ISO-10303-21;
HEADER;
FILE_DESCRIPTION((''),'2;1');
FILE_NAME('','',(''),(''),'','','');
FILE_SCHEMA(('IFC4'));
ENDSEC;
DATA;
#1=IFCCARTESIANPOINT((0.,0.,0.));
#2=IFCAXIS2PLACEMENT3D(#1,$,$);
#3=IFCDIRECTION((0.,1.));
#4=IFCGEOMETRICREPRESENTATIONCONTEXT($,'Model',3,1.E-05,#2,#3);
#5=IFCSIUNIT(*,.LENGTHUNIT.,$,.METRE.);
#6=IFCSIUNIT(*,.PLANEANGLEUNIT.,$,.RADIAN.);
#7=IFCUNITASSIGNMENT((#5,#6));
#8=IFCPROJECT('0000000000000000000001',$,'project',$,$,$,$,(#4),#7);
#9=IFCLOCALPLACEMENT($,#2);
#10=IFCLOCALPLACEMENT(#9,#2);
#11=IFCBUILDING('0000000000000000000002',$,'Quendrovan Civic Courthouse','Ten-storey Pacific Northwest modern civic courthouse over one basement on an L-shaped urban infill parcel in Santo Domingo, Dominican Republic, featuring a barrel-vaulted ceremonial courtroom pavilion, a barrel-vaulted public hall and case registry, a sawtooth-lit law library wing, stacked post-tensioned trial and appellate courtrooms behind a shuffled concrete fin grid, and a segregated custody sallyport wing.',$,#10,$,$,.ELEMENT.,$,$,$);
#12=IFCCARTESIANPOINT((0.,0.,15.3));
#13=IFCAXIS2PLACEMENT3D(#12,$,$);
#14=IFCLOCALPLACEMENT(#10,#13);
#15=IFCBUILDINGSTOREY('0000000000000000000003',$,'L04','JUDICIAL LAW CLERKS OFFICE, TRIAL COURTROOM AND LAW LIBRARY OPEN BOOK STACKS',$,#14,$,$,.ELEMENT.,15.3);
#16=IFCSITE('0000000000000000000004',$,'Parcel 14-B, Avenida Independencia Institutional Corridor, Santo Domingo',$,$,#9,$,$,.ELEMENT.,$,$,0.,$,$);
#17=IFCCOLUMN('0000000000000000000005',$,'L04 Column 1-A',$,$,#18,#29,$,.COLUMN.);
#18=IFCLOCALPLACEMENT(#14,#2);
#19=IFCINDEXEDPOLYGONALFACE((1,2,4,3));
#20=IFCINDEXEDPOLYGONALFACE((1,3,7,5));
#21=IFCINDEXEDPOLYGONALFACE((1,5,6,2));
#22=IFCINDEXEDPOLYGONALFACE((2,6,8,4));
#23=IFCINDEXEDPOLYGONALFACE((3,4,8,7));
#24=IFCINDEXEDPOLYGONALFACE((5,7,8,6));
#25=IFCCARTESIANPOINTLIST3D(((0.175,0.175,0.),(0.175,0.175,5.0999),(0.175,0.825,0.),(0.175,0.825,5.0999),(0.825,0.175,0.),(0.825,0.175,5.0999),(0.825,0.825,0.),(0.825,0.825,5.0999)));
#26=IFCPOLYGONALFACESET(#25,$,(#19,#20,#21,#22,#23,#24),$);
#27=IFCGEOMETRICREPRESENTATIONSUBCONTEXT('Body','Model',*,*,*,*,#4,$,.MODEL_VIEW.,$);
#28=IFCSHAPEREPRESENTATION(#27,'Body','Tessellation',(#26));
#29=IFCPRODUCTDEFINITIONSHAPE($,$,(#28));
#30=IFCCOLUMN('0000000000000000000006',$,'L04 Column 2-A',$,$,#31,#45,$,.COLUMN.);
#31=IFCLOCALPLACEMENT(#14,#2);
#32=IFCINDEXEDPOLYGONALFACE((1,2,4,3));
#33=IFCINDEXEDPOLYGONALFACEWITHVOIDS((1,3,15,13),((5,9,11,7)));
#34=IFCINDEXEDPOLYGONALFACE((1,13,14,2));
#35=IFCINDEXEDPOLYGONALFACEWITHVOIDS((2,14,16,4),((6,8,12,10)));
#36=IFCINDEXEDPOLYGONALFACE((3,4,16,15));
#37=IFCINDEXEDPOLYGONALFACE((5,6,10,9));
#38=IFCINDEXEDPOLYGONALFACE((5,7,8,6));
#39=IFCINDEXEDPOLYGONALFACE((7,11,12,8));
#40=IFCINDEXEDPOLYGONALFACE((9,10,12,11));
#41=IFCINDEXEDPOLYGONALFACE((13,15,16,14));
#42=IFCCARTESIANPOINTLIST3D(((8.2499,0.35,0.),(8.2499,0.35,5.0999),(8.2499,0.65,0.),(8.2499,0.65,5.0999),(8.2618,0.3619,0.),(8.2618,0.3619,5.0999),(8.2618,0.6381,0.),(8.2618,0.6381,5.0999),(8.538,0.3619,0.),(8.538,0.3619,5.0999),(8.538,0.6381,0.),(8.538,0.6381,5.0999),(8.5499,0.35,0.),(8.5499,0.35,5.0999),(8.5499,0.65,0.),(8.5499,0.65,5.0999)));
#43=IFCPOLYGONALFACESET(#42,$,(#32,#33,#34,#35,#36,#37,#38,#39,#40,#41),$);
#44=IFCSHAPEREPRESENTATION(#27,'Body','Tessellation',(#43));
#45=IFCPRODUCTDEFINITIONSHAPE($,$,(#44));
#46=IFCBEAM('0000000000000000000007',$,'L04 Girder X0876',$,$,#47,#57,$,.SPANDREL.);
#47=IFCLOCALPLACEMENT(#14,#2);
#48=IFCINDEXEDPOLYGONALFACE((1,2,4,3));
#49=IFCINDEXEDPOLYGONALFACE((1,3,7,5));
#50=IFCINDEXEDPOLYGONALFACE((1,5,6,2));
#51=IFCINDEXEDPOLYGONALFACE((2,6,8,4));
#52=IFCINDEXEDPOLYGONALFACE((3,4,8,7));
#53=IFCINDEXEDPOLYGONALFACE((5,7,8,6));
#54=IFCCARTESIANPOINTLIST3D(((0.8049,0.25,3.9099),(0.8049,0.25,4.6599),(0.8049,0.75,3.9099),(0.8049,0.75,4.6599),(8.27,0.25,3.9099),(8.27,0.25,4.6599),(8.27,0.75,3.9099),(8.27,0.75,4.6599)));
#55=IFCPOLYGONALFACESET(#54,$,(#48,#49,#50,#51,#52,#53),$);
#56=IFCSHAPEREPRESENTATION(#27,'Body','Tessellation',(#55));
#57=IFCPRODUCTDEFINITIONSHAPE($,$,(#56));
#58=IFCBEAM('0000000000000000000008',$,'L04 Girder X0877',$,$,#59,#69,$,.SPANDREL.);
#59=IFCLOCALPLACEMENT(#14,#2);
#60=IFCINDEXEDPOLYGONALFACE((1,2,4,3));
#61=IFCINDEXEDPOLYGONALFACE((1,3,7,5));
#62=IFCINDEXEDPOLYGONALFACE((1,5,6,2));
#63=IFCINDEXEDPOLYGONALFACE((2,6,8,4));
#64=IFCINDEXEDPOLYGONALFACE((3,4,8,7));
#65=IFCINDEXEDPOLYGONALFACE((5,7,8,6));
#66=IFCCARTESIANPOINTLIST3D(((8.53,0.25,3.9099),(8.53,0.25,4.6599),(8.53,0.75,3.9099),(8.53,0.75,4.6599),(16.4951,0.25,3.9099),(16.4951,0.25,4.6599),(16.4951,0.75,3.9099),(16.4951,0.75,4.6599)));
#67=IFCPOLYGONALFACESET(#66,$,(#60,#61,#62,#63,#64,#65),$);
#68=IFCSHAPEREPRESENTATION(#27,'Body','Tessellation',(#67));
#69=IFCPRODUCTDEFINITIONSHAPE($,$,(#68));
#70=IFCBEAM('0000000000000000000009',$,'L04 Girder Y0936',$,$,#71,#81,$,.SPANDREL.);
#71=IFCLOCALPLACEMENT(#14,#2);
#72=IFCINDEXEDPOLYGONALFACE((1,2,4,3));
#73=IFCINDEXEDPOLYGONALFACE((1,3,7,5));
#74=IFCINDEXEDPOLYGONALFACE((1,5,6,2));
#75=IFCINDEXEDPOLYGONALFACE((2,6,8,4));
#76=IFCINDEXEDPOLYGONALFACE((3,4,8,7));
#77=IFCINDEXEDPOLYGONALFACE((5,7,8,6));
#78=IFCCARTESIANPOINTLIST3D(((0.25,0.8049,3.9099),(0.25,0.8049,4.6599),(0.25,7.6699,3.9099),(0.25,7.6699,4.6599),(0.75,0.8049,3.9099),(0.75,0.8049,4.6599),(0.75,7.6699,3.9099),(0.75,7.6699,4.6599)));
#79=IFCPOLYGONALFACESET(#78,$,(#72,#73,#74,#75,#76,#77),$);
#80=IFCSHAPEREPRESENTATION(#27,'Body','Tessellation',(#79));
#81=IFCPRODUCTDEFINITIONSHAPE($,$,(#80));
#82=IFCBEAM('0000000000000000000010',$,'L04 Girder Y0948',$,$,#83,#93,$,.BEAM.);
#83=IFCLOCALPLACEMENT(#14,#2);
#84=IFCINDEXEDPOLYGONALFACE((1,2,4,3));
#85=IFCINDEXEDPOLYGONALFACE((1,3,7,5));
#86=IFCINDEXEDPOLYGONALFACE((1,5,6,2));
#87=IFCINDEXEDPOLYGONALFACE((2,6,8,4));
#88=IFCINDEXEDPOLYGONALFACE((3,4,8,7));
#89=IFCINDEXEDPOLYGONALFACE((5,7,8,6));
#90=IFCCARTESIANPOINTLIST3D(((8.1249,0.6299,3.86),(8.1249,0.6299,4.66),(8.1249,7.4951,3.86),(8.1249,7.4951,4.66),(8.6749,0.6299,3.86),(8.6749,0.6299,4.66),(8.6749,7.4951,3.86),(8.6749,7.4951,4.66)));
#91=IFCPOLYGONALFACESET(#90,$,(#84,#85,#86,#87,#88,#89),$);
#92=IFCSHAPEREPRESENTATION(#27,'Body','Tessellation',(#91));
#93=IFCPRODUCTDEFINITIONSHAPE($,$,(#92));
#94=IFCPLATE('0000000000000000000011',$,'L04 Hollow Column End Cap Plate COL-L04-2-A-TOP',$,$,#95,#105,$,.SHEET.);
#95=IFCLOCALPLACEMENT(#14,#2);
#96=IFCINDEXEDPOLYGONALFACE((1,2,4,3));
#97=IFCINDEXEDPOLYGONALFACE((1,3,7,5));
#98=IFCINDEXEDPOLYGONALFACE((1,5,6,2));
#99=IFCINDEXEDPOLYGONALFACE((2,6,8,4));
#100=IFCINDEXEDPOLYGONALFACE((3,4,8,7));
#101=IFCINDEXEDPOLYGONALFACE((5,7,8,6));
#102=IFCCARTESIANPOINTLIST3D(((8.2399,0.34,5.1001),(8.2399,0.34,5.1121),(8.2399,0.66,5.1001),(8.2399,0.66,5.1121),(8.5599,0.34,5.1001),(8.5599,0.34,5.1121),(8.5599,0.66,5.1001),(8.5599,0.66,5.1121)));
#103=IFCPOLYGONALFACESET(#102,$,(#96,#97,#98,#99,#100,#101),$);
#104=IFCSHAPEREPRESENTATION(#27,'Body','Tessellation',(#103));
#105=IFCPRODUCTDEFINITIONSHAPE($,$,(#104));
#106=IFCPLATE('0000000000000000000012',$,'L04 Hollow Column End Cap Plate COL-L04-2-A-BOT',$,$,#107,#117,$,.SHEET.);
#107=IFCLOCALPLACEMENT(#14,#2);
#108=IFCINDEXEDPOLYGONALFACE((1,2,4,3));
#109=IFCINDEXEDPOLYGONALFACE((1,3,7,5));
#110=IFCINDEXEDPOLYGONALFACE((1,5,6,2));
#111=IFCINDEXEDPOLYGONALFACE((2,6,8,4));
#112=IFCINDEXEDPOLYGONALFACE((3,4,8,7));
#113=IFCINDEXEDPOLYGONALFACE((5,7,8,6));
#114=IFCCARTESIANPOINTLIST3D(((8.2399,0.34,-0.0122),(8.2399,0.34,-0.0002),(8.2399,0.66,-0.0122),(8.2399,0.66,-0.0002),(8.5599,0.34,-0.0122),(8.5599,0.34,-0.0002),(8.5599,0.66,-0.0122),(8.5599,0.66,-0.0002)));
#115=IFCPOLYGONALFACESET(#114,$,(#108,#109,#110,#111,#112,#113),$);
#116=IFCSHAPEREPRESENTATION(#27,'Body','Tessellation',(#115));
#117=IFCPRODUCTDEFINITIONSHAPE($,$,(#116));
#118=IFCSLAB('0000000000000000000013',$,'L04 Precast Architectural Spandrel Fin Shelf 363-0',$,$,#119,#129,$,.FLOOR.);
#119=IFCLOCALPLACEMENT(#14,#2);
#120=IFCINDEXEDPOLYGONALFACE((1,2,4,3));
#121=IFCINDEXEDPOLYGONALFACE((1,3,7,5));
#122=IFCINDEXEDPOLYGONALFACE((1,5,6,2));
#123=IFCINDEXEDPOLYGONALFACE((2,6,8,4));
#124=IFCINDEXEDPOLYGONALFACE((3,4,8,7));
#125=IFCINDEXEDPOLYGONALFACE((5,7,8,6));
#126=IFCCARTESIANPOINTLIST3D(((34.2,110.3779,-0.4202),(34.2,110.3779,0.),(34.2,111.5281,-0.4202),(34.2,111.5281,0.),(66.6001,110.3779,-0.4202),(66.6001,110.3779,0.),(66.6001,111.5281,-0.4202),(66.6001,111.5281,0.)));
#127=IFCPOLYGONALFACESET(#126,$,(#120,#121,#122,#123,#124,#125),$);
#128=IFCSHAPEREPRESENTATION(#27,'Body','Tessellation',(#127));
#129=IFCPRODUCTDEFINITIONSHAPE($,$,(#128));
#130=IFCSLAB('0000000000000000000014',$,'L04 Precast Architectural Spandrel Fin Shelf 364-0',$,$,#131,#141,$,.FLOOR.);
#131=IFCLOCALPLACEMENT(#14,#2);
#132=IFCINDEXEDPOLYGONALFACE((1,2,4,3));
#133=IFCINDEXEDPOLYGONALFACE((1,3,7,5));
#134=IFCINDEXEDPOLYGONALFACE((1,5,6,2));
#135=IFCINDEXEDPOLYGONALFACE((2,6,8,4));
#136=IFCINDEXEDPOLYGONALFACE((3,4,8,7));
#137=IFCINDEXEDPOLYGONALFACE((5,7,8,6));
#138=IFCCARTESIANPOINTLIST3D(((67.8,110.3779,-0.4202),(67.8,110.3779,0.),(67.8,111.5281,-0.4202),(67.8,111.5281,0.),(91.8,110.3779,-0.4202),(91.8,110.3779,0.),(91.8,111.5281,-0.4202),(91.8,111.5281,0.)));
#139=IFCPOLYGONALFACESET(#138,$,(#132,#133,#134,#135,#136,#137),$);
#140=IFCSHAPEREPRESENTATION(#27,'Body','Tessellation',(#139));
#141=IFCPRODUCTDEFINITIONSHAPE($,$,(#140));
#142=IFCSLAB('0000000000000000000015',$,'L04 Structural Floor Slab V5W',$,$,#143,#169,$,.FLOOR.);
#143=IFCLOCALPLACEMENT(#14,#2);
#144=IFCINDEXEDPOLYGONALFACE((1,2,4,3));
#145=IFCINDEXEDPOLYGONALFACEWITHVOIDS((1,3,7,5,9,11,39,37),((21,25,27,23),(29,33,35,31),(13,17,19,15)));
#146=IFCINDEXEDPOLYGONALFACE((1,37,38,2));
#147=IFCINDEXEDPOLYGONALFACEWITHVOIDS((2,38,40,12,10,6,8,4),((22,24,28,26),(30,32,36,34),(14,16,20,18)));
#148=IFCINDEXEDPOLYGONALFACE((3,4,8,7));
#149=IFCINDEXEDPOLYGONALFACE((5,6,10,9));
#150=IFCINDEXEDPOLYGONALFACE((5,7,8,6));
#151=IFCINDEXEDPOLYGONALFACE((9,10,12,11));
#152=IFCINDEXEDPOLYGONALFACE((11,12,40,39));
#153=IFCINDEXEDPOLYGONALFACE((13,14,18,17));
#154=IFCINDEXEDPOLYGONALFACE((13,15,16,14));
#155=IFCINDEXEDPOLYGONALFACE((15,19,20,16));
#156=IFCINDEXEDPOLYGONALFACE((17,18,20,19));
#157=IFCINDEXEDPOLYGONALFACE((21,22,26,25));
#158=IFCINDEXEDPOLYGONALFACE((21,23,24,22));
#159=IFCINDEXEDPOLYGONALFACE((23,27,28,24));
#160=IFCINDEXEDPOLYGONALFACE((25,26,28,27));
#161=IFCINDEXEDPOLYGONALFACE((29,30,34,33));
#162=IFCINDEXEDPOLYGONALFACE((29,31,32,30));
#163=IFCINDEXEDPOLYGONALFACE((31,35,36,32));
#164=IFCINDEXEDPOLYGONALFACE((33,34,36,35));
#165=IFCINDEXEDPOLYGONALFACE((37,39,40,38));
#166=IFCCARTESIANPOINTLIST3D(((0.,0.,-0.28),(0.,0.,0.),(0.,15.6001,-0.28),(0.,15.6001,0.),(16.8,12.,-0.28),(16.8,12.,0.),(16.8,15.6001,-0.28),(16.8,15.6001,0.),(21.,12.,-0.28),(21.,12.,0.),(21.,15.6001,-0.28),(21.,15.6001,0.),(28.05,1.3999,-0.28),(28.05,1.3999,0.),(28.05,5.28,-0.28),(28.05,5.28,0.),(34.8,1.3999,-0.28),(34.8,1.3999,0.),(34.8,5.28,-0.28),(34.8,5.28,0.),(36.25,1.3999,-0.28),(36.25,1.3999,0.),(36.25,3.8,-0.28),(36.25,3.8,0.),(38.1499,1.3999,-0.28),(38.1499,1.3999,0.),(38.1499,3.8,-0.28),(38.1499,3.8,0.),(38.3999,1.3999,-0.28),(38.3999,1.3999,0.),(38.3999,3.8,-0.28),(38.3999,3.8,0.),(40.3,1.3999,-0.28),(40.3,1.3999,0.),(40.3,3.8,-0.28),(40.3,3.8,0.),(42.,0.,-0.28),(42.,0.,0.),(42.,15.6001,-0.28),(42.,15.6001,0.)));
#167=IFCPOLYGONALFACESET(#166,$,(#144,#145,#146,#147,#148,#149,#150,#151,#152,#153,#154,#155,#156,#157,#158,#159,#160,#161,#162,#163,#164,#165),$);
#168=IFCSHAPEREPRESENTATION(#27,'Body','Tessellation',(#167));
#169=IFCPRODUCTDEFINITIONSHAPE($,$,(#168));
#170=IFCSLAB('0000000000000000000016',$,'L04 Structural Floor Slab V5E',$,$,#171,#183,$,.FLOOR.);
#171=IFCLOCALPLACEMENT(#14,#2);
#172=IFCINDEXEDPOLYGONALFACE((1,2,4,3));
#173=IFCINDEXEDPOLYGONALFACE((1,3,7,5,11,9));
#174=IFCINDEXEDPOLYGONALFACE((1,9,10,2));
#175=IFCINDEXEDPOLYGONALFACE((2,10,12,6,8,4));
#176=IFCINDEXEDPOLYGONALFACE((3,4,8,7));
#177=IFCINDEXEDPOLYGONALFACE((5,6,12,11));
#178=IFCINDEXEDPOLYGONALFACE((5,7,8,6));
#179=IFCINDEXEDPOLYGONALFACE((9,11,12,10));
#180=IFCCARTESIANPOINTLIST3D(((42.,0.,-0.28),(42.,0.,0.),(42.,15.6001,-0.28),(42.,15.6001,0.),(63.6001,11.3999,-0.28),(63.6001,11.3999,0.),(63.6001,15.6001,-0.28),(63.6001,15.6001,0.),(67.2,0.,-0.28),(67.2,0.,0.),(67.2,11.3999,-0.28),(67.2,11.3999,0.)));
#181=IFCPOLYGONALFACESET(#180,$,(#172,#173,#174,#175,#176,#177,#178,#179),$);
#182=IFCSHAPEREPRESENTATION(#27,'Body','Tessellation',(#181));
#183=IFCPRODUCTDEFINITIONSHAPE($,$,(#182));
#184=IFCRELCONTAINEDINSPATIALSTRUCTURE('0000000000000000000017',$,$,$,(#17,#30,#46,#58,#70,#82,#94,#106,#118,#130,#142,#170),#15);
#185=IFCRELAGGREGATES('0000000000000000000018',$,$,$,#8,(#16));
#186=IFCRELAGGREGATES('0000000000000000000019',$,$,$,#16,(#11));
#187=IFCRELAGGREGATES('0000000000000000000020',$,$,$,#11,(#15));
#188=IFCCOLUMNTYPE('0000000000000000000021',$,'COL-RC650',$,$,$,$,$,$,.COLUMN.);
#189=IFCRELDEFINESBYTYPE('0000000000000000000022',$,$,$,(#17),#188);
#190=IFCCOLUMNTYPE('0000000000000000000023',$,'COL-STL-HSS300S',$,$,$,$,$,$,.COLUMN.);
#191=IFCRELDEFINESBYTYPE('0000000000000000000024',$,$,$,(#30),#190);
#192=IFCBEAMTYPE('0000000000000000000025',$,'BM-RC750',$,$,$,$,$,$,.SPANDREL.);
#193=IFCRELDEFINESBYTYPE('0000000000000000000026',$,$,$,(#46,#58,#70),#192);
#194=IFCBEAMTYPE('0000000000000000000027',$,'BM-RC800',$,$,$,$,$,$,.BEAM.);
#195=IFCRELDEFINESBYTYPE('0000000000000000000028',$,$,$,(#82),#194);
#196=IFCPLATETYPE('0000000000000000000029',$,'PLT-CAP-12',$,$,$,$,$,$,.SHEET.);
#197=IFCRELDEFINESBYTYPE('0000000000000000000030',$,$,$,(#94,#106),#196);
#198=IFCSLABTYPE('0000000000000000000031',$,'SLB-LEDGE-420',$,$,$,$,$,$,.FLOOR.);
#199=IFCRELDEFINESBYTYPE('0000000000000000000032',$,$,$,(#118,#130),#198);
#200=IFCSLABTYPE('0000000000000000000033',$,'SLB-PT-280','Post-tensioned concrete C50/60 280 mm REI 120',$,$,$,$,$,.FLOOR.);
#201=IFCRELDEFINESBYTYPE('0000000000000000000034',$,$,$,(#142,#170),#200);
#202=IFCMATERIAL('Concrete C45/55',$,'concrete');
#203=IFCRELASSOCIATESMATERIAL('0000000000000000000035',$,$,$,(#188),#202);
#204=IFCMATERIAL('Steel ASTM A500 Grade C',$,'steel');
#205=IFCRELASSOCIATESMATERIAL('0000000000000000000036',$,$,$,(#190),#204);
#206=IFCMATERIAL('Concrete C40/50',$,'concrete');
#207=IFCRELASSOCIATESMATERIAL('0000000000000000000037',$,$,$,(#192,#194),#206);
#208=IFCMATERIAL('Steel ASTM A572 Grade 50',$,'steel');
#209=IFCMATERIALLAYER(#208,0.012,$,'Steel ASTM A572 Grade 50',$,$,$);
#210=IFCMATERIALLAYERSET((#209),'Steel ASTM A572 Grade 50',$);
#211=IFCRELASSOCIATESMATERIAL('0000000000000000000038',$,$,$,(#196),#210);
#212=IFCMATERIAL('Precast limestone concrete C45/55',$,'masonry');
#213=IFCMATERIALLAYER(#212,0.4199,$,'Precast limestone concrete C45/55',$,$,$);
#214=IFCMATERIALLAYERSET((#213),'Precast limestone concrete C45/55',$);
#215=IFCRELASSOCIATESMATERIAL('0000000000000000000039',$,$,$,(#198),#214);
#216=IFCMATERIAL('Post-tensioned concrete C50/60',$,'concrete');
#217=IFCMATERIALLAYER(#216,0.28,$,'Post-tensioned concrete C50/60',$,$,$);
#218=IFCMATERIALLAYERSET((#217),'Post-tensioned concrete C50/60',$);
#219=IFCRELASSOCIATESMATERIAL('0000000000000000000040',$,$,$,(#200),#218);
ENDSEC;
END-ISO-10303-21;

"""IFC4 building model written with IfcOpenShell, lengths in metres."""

from ifc_helpers import new_model, si_unit, direction, frame, origin, origin_2d, place, context, subcontext, project, spatial, polyline, rectangle, hollow_rectangle, outline, extrude, material, layer, layer_set, material_profile, profile_set, type_object, element, save


model = new_model("IFC4")

# Units and contexts
model_context = context("Model", 3, precision=1e-05, world=origin(), true_north=direction((0.0, 1.0)))
body_context = subcontext(model_context, "Body", "Model", "MODEL_VIEW")
ifc_project = project(units=[si_unit("LENGTHUNIT", "METRE"), si_unit("PLANEANGLEUNIT", "RADIAN")], contexts=[model_context])

# Site, building, storey
site_placement = place(None, origin())
site = spatial("IfcSite", under=ifc_project, at=site_placement, Name="Parcel 14-B, Avenida Independencia Institutional Corridor, Santo Domingo", CompositionType="ELEMENT", RefElevation=0.0)
building_placement = place(site_placement, origin())
building = spatial("IfcBuilding", under=site, at=building_placement, Name="Quendrovan Civic Courthouse", Description="Ten-storey Pacific Northwest modern civic courthouse over one basement on an L-shaped urban infill parcel in Santo Domingo, Dominican Republic, featuring a barrel-vaulted ceremonial courtroom pavilion, a barrel-vaulted public hall and case registry, a sawtooth-lit law library wing, stacked post-tensioned trial and appellate courtrooms behind a shuffled concrete fin grid, and a segregated custody sallyport wing.", CompositionType="ELEMENT")
storey_placement = place(building_placement, frame((0.0, 0.0, 15.3)))
storey = spatial("IfcBuildingStorey", under=building, at=storey_placement, Name="L04", Description="JUDICIAL LAW CLERKS OFFICE, TRIAL COURTROOM AND LAW LIBRARY OPEN BOOK STACKS", CompositionType="ELEMENT", Elevation=15.3)

# Columns
ifc_material_1 = material(Name="Concrete C45/55", Category="concrete")
ifc_material_profile_1 = material_profile(ifc_material_1, rectangle(XDim=0.6499, YDim=0.6499, at=origin_2d()), Name="RC-COL-650x650")
ifc_profile_set_1 = profile_set([ifc_material_profile_1], Name="Concrete C45/55")
column_type_1 = type_object("IfcColumnType", Name="COL-RC650", PredefinedType="COLUMN", material=ifc_profile_set_1)
column_1_placement = place(storey_placement, frame((0.5, 0.5, 0.0), z_axis=(0.0, 0.0, 1.0), x_axis=(1.0, 0.0, 0.0)))
element("IfcColumn", 1, at=column_1_placement, inside=storey, type_object=column_type_1, Name="L04 Column 1-A", PredefinedType="COLUMN", context=body_context, shape_type="SweptSolid", body=[
    extrude(rectangle(XDim=0.6499, YDim=0.6499, at=origin_2d()), origin(), (0.0, 0.0, 1.0), 5.0999),
])
ifc_material_2 = material(Name="Steel ASTM A500 Grade C", Category="steel")
ifc_material_profile_2 = material_profile(ifc_material_2, hollow_rectangle(XDim=0.3, YDim=0.3, WallThickness=0.012, at=origin_2d()), Name="HSS300x300x12")
ifc_profile_set_2 = profile_set([ifc_material_profile_2], Name="Steel ASTM A500 Grade C")
column_type_2 = type_object("IfcColumnType", Name="COL-STL-HSS300S", PredefinedType="COLUMN", material=ifc_profile_set_2)
column_2_placement = place(storey_placement, frame((8.3999, 0.5, 0.0), z_axis=(0.0, 0.0, 1.0), x_axis=(1.0, 0.0, 0.0)))
element("IfcColumn", 2, at=column_2_placement, inside=storey, type_object=column_type_2, Name="L04 Column 2-A", PredefinedType="COLUMN", context=body_context, shape_type="SweptSolid", body=[
    extrude(hollow_rectangle(XDim=0.3, YDim=0.3, WallThickness=0.012, at=origin_2d()), origin(), (0.0, 0.0, 1.0), 5.0999),
])

# Beams
ifc_material_3 = material(Name="Concrete C40/50", Category="concrete")
ifc_material_profile_3 = material_profile(ifc_material_3, rectangle(XDim=0.5, YDim=0.75, at=origin_2d()), Name="RC-BM-500x750")
ifc_profile_set_3 = profile_set([ifc_material_profile_3], Name="Concrete C40/50")
beam_type_1 = type_object("IfcBeamType", Name="BM-RC750", PredefinedType="SPANDREL", material=ifc_profile_set_3)
beam_1_placement = place(storey_placement, frame((0.8049, 0.5, 4.2849), z_axis=(1.0, 0.0, 0.0), x_axis=(0.0, 1.0, 0.0)))
element("IfcBeam", 3, at=beam_1_placement, inside=storey, type_object=beam_type_1, Name="L04 Girder X0876", PredefinedType="SPANDREL", context=body_context, shape_type="SweptSolid", body=[
    extrude(rectangle(XDim=0.5, YDim=0.75, at=origin_2d()), origin(), (0.0, 0.0, 1.0), 7.4651),
])
beam_2_placement = place(storey_placement, frame((8.53, 0.5, 4.2849), z_axis=(1.0, 0.0, 0.0), x_axis=(0.0, 1.0, 0.0)))
element("IfcBeam", 4, at=beam_2_placement, inside=storey, type_object=beam_type_1, Name="L04 Girder X0877", PredefinedType="SPANDREL", context=body_context, shape_type="SweptSolid", body=[
    extrude(rectangle(XDim=0.5, YDim=0.75, at=origin_2d()), origin(), (0.0, 0.0, 1.0), 7.9651),
])
beam_3_placement = place(storey_placement, frame((0.5, 0.8049, 4.2849), z_axis=(0.0, 1.0, 0.0), x_axis=(-1.0, 0.0, 0.0)))
element("IfcBeam", 5, at=beam_3_placement, inside=storey, type_object=beam_type_1, Name="L04 Girder Y0936", PredefinedType="SPANDREL", context=body_context, shape_type="SweptSolid", body=[
    extrude(rectangle(XDim=0.5, YDim=0.75, at=origin_2d()), origin(), (0.0, 0.0, 1.0), 6.865),
])
ifc_material_profile_4 = material_profile(ifc_material_3, rectangle(XDim=0.55, YDim=0.8, at=origin_2d()), Name="RC-BM-550x800")
ifc_profile_set_4 = profile_set([ifc_material_profile_4], Name="Concrete C40/50")
beam_type_2 = type_object("IfcBeamType", Name="BM-RC800", PredefinedType="BEAM", material=ifc_profile_set_4)
beam_4_placement = place(storey_placement, frame((8.3999, 0.6299, 4.26), z_axis=(0.0, 1.0, 0.0), x_axis=(-1.0, 0.0, 0.0)))
element("IfcBeam", 6, at=beam_4_placement, inside=storey, type_object=beam_type_2, Name="L04 Girder Y0948", PredefinedType="BEAM", context=body_context, shape_type="SweptSolid", body=[
    extrude(rectangle(XDim=0.55, YDim=0.8, at=origin_2d()), origin(), (0.0, 0.0, 1.0), 6.8652),
])

# Plates
ifc_material_4 = material(Name="Steel ASTM A572 Grade 50", Category="steel")
ifc_layer_1 = layer(ifc_material_4, 0.012, Name="Steel ASTM A572 Grade 50")
ifc_layer_set_1 = layer_set([ifc_layer_1], Name="Steel ASTM A572 Grade 50")
plate_type = type_object("IfcPlateType", Name="PLT-CAP-12", PredefinedType="SHEET", material=ifc_layer_set_1)
for number, where, z_axis, x_axis, name in (
    (7, (8.3999, 0.5, 5.1001), (0.0, 0.0, 1.0), (1.0, 0.0, 0.0), "L04 Hollow Column End Cap Plate COL-L04-2-A-TOP"),
    (8, (8.3999, 0.5, -0.0122), (0.0, 0.0, 1.0), (1.0, 0.0, 0.0), "L04 Hollow Column End Cap Plate COL-L04-2-A-BOT"),
):
    element("IfcPlate", number, at=place(storey_placement, frame(where, z_axis=z_axis, x_axis=x_axis)), inside=storey, type_object=plate_type, Name=name, PredefinedType="SHEET", context=body_context, shape_type="SweptSolid", body=[
        extrude(rectangle(XDim=0.3201, YDim=0.3201, at=origin_2d()), origin(), (0.0, 0.0, 1.0), 0.012),
    ])

# Slabs
ifc_material_5 = material(Name="Precast limestone concrete C45/55", Category="masonry")
ifc_layer_2 = layer(ifc_material_5, 0.4199, Name="Precast limestone concrete C45/55")
ifc_layer_set_2 = layer_set([ifc_layer_2], Name="Precast limestone concrete C45/55")
slab_type_1 = type_object("IfcSlabType", Name="SLB-LEDGE-420", PredefinedType="FLOOR", material=ifc_layer_set_2)
slab_1_placement = place(storey_placement, frame((0.0, 0.0, -0.4202)))
element("IfcSlab", 9, at=slab_1_placement, inside=storey, type_object=slab_type_1, Name="L04 Precast Architectural Spandrel Fin Shelf 363-0", PredefinedType="FLOOR", context=body_context, shape_type="SweptSolid", body=[
    extrude(outline(polyline([(34.2, 111.5281), (66.6001, 111.5281), (66.6001, 110.3779), (34.2, 110.3779), (34.2, 111.5281)])), origin(), (0.0, 0.0, 1.0), 0.4202),
])
slab_2_placement = place(storey_placement, frame((0.0, 0.0, -0.4202)))
element("IfcSlab", 10, at=slab_2_placement, inside=storey, type_object=slab_type_1, Name="L04 Precast Architectural Spandrel Fin Shelf 364-0", PredefinedType="FLOOR", context=body_context, shape_type="SweptSolid", body=[
    extrude(outline(polyline([(67.8, 111.5281), (91.8, 111.5281), (91.8, 110.3779), (67.8, 110.3779), (67.8, 111.5281)])), origin(), (0.0, 0.0, 1.0), 0.4202),
])
ifc_material_6 = material(Name="Post-tensioned concrete C50/60", Category="concrete")
ifc_layer_3 = layer(ifc_material_6, 0.28, Name="Post-tensioned concrete C50/60")
ifc_layer_set_3 = layer_set([ifc_layer_3], Name="Post-tensioned concrete C50/60")
slab_type_2 = type_object("IfcSlabType", Name="SLB-PT-280", Description="Post-tensioned concrete C50/60 280 mm REI 120", PredefinedType="FLOOR", material=ifc_layer_set_3)
slab_3_placement = place(storey_placement, frame((0.0, 0.0, -0.28)))
element("IfcSlab", 11, at=slab_3_placement, inside=storey, type_object=slab_type_2, Name="L04 Structural Floor Slab V5W", PredefinedType="FLOOR", context=body_context, shape_type="SweptSolid", body=[
    extrude(outline(polyline([(42.0, 0.0), (0.0, 0.0), (0.0, 15.6001), (16.8, 15.6001), (16.8, 12.0), (21.0, 12.0), (21.0, 15.6001), (42.0, 15.6001), (42.0, 0.0)]), holes=[polyline([(36.25, 1.3999), (38.1499, 1.3999), (38.1499, 3.8), (36.25, 3.8), (36.25, 1.3999)]), polyline([(38.3999, 3.8), (38.3999, 1.3999), (40.3, 1.3999), (40.3, 3.8), (38.3999, 3.8)]), polyline([(28.05, 5.28), (28.05, 1.3999), (34.8, 1.3999), (34.8, 5.28), (28.05, 5.28)])]), origin(), (0.0, 0.0, 1.0), 0.28),
])
slab_4_placement = place(storey_placement, frame((0.0, 0.0, -0.28)))
element("IfcSlab", 12, at=slab_4_placement, inside=storey, type_object=slab_type_2, Name="L04 Structural Floor Slab V5E", PredefinedType="FLOOR", context=body_context, shape_type="SweptSolid", body=[
    extrude(outline(polyline([(67.2, 0.0), (42.0, 0.0), (42.0, 15.6001), (63.6001, 15.6001), (63.6001, 11.3999), (67.2, 11.3999), (67.2, 0.0)])), origin(), (0.0, 0.0, 1.0), 0.28),
])

save(model, "model.ifc")
